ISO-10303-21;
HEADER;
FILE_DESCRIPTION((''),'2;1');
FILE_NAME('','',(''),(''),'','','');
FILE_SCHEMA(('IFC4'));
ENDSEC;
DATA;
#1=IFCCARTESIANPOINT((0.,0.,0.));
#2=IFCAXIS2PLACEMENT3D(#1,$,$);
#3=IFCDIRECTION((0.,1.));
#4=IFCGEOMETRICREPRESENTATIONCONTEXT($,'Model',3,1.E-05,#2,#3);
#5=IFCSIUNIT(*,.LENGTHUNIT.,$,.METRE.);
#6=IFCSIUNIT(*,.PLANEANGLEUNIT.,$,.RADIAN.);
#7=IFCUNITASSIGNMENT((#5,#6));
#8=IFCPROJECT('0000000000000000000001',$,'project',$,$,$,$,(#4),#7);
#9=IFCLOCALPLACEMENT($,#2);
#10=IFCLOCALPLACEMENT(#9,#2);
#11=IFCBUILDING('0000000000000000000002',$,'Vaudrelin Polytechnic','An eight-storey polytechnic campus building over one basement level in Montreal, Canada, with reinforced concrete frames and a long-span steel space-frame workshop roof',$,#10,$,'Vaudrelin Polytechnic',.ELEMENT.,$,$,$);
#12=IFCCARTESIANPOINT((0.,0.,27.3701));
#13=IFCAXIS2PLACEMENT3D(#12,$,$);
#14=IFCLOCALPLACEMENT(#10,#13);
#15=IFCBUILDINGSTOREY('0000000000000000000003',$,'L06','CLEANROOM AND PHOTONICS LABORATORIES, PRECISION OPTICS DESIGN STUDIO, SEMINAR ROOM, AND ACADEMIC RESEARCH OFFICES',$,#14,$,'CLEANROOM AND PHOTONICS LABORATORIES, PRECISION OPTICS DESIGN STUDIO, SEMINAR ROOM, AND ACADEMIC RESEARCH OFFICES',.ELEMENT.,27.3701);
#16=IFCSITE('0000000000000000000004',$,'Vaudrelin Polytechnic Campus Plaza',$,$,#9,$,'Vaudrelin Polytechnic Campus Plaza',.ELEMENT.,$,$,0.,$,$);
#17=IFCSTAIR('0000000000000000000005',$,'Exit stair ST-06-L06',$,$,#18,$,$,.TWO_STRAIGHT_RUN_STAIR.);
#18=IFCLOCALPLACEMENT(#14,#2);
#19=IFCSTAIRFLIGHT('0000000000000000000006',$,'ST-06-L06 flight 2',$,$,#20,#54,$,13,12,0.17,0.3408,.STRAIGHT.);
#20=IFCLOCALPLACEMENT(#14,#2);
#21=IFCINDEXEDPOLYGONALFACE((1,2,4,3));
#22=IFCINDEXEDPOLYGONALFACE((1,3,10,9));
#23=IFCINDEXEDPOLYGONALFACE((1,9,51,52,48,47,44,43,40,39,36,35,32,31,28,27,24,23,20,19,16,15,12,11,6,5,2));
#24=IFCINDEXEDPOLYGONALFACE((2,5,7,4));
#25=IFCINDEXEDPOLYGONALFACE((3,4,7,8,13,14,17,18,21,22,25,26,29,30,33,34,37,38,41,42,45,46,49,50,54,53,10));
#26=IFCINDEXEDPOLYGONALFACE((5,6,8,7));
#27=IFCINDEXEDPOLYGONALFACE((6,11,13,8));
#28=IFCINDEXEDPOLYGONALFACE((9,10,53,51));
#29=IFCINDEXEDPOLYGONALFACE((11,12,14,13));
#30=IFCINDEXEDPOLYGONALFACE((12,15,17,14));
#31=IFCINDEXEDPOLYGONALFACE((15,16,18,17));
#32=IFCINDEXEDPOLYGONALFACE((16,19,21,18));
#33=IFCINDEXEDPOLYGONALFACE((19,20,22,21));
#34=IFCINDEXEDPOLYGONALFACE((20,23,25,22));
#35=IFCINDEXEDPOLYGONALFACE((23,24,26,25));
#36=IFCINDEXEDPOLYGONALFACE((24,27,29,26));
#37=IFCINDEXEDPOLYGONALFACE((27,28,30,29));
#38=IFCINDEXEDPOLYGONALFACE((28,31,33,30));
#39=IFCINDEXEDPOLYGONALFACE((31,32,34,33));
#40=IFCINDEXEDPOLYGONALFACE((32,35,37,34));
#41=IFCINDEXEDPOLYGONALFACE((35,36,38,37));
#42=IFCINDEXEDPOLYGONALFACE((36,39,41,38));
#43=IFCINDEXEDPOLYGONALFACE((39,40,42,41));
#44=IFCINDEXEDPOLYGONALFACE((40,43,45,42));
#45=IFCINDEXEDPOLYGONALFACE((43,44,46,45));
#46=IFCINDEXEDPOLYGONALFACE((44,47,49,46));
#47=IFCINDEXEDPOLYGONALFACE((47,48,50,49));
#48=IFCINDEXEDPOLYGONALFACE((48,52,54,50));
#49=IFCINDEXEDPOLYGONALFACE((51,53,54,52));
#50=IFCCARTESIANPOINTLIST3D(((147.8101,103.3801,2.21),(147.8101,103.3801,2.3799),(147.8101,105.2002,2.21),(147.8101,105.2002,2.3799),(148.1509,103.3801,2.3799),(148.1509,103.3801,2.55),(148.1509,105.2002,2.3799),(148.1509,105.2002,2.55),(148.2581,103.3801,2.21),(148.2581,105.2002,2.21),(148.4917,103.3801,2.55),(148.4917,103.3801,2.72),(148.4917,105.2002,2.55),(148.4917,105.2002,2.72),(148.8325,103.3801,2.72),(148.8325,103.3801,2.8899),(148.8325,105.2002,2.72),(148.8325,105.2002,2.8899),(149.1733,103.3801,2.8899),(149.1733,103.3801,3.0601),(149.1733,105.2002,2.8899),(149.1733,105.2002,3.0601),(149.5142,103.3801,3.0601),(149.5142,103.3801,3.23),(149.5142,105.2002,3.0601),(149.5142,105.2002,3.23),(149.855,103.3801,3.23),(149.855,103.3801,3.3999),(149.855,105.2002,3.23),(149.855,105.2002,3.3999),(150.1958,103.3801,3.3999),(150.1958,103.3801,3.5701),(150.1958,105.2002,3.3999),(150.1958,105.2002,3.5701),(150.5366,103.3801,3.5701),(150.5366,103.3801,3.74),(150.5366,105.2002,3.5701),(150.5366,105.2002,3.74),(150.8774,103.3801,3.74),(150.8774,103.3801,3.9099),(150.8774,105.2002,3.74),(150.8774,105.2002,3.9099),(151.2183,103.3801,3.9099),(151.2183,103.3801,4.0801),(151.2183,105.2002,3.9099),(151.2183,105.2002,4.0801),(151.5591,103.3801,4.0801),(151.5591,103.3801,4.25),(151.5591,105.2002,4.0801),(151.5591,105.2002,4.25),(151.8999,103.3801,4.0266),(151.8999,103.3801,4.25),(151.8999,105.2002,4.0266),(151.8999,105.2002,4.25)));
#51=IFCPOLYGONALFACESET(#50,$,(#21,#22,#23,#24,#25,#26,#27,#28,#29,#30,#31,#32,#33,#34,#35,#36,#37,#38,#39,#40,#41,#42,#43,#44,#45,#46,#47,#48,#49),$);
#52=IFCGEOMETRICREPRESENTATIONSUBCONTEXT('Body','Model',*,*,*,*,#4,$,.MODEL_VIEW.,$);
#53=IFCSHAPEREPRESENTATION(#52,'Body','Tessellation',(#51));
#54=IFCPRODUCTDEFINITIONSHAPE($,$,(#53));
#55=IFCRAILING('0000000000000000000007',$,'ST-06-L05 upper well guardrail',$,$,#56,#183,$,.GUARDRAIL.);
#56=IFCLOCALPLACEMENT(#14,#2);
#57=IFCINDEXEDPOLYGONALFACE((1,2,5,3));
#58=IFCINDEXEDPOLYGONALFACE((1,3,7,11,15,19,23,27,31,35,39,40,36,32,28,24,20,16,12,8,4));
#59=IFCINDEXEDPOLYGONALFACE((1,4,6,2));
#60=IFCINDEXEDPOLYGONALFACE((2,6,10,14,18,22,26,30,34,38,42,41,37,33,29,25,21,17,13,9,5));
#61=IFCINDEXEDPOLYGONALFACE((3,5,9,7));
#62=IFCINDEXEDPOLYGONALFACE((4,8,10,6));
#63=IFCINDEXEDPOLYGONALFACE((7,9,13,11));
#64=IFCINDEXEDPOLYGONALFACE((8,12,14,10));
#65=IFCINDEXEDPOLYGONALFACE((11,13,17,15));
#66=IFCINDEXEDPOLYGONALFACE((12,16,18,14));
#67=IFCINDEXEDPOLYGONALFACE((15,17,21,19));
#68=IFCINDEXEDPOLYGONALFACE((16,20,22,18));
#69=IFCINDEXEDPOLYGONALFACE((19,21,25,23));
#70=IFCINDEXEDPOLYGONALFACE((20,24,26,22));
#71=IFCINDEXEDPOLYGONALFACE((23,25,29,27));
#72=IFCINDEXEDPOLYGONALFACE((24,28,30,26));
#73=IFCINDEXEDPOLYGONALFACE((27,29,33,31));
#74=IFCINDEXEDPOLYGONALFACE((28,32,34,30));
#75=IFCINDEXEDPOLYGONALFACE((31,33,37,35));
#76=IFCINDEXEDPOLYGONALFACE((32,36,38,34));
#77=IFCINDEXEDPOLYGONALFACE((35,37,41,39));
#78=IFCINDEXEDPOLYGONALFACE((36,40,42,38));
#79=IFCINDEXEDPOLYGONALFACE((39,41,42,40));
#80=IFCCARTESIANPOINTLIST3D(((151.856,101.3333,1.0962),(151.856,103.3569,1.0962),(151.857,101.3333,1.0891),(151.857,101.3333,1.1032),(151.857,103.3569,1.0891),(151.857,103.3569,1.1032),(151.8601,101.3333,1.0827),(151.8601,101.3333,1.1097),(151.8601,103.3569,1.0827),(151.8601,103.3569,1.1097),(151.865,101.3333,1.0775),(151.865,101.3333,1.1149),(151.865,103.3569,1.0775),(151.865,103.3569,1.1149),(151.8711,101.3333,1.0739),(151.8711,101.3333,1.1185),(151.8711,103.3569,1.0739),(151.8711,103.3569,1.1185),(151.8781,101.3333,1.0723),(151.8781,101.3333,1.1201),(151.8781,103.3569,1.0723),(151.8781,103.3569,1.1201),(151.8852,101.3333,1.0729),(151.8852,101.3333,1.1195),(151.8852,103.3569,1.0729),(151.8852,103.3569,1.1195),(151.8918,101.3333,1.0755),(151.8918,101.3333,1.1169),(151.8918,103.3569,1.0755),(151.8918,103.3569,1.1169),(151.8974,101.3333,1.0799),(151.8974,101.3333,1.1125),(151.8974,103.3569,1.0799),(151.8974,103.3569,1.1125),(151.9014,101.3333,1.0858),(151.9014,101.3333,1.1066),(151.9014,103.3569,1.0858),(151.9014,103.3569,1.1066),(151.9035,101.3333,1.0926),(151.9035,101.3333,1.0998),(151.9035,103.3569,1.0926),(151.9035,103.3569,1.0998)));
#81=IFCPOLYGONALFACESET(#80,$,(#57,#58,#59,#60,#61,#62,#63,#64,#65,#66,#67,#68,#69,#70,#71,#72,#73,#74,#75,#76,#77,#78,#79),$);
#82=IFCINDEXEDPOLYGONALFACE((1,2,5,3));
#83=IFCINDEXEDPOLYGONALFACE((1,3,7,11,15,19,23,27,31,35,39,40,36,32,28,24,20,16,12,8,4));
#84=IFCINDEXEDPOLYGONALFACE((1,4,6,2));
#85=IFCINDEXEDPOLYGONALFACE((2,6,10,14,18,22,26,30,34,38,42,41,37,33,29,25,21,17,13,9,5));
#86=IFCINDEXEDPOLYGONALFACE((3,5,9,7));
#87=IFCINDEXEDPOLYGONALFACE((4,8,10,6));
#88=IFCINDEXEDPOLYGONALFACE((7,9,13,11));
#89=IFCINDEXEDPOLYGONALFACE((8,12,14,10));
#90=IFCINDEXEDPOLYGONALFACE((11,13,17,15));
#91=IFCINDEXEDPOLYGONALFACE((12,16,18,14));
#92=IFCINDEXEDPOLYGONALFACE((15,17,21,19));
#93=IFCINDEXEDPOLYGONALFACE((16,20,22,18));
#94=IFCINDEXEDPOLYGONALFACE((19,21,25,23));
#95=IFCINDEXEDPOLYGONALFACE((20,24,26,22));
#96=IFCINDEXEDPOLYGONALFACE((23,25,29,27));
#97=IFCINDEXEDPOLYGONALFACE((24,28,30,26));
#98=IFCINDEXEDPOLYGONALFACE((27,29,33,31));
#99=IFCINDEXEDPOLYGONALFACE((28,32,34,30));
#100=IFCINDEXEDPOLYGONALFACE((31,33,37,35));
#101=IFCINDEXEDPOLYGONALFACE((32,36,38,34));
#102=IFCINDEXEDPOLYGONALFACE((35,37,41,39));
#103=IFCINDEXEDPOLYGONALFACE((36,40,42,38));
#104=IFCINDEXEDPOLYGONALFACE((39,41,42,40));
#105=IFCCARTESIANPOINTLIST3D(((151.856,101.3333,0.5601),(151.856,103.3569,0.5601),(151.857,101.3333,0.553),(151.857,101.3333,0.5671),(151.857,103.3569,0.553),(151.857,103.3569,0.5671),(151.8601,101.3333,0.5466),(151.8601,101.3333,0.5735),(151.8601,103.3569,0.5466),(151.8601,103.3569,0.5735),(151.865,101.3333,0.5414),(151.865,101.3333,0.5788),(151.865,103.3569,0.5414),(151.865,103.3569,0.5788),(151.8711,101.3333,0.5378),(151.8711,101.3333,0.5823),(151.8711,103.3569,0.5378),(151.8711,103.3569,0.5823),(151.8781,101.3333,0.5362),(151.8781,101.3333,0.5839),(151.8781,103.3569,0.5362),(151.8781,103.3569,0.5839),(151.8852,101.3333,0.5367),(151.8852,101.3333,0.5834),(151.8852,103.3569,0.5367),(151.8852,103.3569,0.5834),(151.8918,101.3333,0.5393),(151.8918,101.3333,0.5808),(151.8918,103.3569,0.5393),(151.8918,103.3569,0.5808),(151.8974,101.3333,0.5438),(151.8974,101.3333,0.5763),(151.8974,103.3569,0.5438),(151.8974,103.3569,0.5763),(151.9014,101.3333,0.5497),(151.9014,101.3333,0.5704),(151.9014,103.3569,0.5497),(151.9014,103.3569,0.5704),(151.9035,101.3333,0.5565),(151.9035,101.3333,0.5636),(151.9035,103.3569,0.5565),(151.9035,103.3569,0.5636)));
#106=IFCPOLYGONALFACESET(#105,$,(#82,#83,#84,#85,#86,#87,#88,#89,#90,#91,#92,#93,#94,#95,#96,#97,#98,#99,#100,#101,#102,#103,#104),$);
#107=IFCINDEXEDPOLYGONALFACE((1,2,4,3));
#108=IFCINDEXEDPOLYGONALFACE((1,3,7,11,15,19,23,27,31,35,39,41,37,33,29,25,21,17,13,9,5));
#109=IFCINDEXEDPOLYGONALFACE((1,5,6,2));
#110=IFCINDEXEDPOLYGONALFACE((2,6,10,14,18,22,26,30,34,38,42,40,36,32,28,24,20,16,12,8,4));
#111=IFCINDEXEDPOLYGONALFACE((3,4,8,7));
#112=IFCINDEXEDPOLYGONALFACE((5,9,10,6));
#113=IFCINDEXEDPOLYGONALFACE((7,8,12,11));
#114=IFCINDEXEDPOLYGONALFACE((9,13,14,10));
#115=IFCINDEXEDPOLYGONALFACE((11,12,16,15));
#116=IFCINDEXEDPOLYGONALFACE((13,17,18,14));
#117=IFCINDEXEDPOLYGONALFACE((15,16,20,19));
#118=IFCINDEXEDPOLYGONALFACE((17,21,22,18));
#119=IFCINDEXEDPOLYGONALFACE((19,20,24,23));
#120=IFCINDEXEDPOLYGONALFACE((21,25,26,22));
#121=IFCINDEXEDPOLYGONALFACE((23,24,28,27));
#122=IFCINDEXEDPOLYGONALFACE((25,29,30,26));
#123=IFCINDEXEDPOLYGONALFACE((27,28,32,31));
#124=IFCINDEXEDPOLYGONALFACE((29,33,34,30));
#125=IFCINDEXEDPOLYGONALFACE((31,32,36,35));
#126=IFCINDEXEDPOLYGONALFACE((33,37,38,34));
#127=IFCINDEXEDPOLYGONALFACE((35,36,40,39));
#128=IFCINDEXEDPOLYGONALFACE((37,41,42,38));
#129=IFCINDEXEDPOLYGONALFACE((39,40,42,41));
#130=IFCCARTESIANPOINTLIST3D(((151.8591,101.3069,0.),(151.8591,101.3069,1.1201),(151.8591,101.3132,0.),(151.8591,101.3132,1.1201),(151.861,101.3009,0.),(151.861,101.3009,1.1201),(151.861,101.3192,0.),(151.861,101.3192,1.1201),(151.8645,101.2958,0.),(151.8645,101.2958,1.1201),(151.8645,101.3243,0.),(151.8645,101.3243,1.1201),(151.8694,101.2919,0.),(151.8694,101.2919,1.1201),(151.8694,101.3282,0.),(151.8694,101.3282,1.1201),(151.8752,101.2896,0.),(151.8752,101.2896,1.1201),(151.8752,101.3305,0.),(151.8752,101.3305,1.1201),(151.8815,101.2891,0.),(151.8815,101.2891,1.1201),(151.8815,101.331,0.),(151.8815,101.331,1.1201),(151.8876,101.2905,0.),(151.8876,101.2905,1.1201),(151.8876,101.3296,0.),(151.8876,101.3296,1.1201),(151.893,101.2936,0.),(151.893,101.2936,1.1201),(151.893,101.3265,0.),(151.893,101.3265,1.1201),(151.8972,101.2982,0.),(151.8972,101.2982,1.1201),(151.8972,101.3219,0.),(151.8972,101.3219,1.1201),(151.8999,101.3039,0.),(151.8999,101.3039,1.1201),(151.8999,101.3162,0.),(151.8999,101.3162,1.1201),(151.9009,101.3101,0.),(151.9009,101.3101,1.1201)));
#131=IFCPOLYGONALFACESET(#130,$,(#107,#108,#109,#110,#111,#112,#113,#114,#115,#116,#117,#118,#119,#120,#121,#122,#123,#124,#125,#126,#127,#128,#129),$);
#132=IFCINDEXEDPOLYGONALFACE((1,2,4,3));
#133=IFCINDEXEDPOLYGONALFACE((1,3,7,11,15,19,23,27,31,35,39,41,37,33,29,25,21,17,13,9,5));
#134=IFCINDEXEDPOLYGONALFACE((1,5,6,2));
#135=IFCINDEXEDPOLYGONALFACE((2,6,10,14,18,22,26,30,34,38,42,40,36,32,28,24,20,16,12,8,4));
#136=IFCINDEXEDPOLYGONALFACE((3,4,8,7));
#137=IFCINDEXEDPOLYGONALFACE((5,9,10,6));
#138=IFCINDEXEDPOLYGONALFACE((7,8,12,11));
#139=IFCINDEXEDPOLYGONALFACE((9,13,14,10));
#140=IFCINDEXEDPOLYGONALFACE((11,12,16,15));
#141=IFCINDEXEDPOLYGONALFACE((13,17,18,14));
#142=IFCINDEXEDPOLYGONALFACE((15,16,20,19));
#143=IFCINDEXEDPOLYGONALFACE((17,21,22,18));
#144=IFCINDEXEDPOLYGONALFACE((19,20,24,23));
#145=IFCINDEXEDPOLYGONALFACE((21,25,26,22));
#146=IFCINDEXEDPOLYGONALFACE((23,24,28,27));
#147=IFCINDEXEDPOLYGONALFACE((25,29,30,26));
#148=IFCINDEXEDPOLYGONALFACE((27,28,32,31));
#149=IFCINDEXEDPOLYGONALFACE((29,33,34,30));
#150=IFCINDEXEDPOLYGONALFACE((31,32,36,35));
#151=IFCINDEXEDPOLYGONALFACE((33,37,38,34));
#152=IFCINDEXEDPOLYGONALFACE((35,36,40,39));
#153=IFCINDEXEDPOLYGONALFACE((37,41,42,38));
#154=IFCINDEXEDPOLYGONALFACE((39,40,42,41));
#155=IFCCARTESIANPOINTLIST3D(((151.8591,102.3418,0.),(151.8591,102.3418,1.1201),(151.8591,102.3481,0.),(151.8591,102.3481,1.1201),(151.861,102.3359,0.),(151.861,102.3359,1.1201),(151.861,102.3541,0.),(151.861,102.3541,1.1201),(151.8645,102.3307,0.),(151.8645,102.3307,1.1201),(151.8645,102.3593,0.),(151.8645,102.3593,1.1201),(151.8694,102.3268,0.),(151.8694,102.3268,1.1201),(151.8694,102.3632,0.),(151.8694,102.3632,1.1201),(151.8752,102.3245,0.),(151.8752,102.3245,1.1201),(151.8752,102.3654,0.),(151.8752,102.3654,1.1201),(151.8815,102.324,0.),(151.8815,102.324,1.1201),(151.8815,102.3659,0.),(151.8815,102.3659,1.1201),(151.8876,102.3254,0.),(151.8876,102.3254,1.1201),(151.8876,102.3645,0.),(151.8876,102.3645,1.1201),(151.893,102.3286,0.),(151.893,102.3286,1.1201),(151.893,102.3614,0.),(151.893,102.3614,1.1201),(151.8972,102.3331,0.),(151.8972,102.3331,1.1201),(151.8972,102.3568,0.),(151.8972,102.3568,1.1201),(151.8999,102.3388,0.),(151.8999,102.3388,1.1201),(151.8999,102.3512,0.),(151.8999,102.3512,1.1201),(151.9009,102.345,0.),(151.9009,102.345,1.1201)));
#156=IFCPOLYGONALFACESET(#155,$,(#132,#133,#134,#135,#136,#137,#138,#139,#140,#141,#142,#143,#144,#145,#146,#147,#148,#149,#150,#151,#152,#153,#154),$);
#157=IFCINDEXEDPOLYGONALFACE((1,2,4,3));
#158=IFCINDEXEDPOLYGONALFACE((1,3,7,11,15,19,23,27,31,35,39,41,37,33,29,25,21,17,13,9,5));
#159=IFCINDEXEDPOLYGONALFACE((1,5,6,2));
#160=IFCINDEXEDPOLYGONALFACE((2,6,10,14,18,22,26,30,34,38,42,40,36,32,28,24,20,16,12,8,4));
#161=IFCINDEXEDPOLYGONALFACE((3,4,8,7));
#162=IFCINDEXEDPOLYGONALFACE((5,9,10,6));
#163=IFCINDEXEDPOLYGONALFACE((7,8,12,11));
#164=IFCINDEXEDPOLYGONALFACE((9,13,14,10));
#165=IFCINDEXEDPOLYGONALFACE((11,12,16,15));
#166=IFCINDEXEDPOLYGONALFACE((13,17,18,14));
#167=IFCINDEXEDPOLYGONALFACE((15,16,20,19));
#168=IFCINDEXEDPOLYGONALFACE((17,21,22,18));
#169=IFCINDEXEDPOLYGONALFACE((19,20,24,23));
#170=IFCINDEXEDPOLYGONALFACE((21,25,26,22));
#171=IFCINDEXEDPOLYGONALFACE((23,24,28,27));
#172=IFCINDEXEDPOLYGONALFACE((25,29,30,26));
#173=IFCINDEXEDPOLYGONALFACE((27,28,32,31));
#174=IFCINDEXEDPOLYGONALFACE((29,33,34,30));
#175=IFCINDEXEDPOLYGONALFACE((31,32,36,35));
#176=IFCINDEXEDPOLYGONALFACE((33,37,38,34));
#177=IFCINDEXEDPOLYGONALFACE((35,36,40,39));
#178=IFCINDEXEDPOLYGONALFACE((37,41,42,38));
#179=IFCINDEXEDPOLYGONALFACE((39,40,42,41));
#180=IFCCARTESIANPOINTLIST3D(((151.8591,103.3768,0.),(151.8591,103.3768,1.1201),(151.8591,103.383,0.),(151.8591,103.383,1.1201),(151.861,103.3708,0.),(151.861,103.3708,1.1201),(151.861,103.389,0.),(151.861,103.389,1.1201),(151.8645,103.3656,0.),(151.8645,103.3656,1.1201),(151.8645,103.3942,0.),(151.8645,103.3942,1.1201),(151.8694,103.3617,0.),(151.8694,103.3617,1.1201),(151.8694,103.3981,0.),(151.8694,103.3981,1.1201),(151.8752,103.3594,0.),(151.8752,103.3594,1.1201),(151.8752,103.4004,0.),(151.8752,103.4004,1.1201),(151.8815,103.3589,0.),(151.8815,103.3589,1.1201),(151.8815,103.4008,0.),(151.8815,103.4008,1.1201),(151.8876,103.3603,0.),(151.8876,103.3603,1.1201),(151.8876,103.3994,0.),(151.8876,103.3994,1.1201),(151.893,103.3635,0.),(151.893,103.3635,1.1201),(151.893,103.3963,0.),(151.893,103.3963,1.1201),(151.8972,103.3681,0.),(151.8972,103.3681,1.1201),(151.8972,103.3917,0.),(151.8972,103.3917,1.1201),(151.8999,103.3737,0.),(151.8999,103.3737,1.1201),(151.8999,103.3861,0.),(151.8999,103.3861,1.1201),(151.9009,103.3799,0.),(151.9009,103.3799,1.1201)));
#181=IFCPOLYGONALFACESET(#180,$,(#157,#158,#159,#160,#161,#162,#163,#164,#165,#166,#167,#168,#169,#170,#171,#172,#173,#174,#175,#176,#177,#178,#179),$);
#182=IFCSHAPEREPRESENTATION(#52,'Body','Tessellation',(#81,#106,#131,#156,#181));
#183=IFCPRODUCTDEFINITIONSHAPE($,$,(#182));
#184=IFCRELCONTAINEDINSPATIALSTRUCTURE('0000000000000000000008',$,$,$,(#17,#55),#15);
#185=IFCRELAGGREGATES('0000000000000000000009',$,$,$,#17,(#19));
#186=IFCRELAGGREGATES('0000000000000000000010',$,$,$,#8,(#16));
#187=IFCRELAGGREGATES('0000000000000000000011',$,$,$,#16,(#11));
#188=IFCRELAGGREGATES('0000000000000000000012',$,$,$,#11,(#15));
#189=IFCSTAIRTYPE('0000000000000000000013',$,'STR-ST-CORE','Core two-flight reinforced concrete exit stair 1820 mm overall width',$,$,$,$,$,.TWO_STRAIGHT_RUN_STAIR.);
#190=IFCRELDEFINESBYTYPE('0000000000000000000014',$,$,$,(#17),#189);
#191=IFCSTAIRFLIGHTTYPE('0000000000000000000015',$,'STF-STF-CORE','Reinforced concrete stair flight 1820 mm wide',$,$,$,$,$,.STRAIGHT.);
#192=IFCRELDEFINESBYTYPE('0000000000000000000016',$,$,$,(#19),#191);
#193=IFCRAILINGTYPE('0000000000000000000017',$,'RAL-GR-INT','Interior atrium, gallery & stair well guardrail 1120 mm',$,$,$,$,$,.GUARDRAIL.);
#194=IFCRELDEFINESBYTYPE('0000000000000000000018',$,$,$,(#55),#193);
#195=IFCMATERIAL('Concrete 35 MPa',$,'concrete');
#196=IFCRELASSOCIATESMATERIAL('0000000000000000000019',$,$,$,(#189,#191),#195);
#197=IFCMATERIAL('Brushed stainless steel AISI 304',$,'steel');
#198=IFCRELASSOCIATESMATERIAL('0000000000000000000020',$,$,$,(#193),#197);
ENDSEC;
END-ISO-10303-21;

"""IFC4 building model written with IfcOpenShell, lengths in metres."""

from ifc_helpers import new_model, si_unit, direction, frame, origin, origin_2d, place, context, subcontext, project, spatial, polyline, circle, outline, extrude, material, type_object, element, aggregate, save


model = new_model("IFC4")

# Units and contexts
model_context = context("Model", 3, precision=1e-05, world=origin(), true_north=direction((0.0, 1.0)))
body_context = subcontext(model_context, "Body", "Model", "MODEL_VIEW")
ifc_project = project(units=[si_unit("LENGTHUNIT", "METRE"), si_unit("PLANEANGLEUNIT", "RADIAN")], contexts=[model_context])

# Site, building, storey
site_placement = place(None, origin())
site = spatial("IfcSite", under=ifc_project, at=site_placement, Name="Vaudrelin Polytechnic Campus Plaza", LongName="Vaudrelin Polytechnic Campus Plaza", CompositionType="ELEMENT", RefElevation=0.0)
building_placement = place(site_placement, origin())
building = spatial("IfcBuilding", under=site, at=building_placement, Name="Vaudrelin Polytechnic", Description="An eight-storey polytechnic campus building over one basement level in Montreal, Canada, with reinforced concrete frames and a long-span steel space-frame workshop roof", LongName="Vaudrelin Polytechnic", CompositionType="ELEMENT")
storey_placement = place(building_placement, frame((0.0, 0.0, 27.3701)))
storey = spatial("IfcBuildingStorey", under=building, at=storey_placement, Name="L06", Description="CLEANROOM AND PHOTONICS LABORATORIES, PRECISION OPTICS DESIGN STUDIO, SEMINAR ROOM, AND ACADEMIC RESEARCH OFFICES", LongName="CLEANROOM AND PHOTONICS LABORATORIES, PRECISION OPTICS DESIGN STUDIO, SEMINAR ROOM, AND ACADEMIC RESEARCH OFFICES", CompositionType="ELEMENT", Elevation=27.3701)

# Shared definitions
ifc_material_1 = material(Name="Brushed stainless steel AISI 304", Category="steel")

# Stair, stair flight
ifc_material_2 = material(Name="Concrete 35 MPa", Category="concrete")
stair_type = type_object("IfcStairType", Name="STR-ST-CORE", Description="Core two-flight reinforced concrete exit stair 1820 mm overall width", PredefinedType="TWO_STRAIGHT_RUN_STAIR", material=ifc_material_2)
stair_placement = place(storey_placement, origin())
stair = element("IfcStair", 1, at=stair_placement, inside=storey, type_object=stair_type, Name="Exit stair ST-06-L06", PredefinedType="TWO_STRAIGHT_RUN_STAIR")
stair_flight_type = type_object("IfcStairFlightType", Name="STF-STF-CORE", Description="Reinforced concrete stair flight 1820 mm wide", PredefinedType="STRAIGHT", material=ifc_material_2)
stair_flight_1_placement = place(storey_placement, frame((147.8101, 104.29, 2.21), z_axis=(0.0, 0.0, 1.0), x_axis=(1.0, 0.0, 0.0)))
stair_flight_1 = element("IfcStairFlight", 2, at=stair_flight_1_placement, type_object=stair_flight_type, Name="ST-06-L06 flight 2", NumberOfRisers=13, NumberOfTreads=12, PredefinedType="STRAIGHT", RiserHeight=0.17, TreadLength=0.3408, context=body_context, shape_type="SweptSolid", body=[
    extrude(outline(polyline([(0.0, 0.0), (0.0, 0.1699), (0.3408, 0.1699), (0.3408, 0.3401), (0.6816, 0.3401), (0.6816, 0.51), (1.0225, 0.51), (1.0225, 0.6799), (1.3633, 0.6799), (1.3633, 0.8501), (1.7041, 0.8501), (1.7041, 1.02), (2.0449, 1.02), (2.0449, 1.1899), (2.3857, 1.1899), (2.3857, 1.3601), (2.7266, 1.3601), (2.7266, 1.53), (3.0674, 1.53), (3.0674, 1.7), (3.4082, 1.7), (3.4082, 1.8701), (3.749, 1.8701), (3.749, 2.04), (4.0898, 2.04), (4.0898, 2.21), (4.0898, 1.8167), (0.448, 0.0), (0.0, 0.0)])), frame((0.0, 0.9102, 0.0), z_axis=(0.0, -1.0, 0.0), x_axis=(1.0, 0.0, 0.0)), (0.0, 0.0, 1.0), 1.8201),
])
aggregate(stair, [stair_flight_1])

# Railing
railing_type_1 = type_object("IfcRailingType", Name="RAL-GR-INT", Description="Interior atrium, gallery & stair well guardrail 1120 mm", PredefinedType="GUARDRAIL", material=ifc_material_1)
railing_1_placement = place(storey_placement, frame((151.8799, 101.3101, 0.0)))
element("IfcRailing", 3, at=railing_1_placement, inside=storey, type_object=railing_type_1, Name="ST-06-L05 upper well guardrail", PredefinedType="GUARDRAIL", context=body_context, shape_type="SweptSolid", body=[
    extrude(circle(Radius=0.0239, at=origin_2d()), frame((0.0, 0.0232, 1.0962), z_axis=(0.0, 1.0, 0.0), x_axis=(-1.0, 0.0, 0.0)), (0.0, 0.0, 1.0), 2.0237),
    extrude(circle(Radius=0.0239, at=origin_2d()), frame((0.0, 0.0232, 0.5601), z_axis=(0.0, 1.0, 0.0), x_axis=(-1.0, 0.0, 0.0)), (0.0, 0.0, 1.0), 2.0237),
    extrude(circle(Radius=0.021, at=origin_2d()), origin(), (0.0, 0.0, 1.0), 1.1201),
    extrude(circle(Radius=0.021, at=origin_2d()), frame((0.0, 1.0349, 0.0)), (0.0, 0.0, 1.0), 1.1201),
    extrude(circle(Radius=0.021, at=origin_2d()), frame((0.0, 2.0698, 0.0)), (0.0, 0.0, 1.0), 1.1201),
])

save(model, "model.ifc")
